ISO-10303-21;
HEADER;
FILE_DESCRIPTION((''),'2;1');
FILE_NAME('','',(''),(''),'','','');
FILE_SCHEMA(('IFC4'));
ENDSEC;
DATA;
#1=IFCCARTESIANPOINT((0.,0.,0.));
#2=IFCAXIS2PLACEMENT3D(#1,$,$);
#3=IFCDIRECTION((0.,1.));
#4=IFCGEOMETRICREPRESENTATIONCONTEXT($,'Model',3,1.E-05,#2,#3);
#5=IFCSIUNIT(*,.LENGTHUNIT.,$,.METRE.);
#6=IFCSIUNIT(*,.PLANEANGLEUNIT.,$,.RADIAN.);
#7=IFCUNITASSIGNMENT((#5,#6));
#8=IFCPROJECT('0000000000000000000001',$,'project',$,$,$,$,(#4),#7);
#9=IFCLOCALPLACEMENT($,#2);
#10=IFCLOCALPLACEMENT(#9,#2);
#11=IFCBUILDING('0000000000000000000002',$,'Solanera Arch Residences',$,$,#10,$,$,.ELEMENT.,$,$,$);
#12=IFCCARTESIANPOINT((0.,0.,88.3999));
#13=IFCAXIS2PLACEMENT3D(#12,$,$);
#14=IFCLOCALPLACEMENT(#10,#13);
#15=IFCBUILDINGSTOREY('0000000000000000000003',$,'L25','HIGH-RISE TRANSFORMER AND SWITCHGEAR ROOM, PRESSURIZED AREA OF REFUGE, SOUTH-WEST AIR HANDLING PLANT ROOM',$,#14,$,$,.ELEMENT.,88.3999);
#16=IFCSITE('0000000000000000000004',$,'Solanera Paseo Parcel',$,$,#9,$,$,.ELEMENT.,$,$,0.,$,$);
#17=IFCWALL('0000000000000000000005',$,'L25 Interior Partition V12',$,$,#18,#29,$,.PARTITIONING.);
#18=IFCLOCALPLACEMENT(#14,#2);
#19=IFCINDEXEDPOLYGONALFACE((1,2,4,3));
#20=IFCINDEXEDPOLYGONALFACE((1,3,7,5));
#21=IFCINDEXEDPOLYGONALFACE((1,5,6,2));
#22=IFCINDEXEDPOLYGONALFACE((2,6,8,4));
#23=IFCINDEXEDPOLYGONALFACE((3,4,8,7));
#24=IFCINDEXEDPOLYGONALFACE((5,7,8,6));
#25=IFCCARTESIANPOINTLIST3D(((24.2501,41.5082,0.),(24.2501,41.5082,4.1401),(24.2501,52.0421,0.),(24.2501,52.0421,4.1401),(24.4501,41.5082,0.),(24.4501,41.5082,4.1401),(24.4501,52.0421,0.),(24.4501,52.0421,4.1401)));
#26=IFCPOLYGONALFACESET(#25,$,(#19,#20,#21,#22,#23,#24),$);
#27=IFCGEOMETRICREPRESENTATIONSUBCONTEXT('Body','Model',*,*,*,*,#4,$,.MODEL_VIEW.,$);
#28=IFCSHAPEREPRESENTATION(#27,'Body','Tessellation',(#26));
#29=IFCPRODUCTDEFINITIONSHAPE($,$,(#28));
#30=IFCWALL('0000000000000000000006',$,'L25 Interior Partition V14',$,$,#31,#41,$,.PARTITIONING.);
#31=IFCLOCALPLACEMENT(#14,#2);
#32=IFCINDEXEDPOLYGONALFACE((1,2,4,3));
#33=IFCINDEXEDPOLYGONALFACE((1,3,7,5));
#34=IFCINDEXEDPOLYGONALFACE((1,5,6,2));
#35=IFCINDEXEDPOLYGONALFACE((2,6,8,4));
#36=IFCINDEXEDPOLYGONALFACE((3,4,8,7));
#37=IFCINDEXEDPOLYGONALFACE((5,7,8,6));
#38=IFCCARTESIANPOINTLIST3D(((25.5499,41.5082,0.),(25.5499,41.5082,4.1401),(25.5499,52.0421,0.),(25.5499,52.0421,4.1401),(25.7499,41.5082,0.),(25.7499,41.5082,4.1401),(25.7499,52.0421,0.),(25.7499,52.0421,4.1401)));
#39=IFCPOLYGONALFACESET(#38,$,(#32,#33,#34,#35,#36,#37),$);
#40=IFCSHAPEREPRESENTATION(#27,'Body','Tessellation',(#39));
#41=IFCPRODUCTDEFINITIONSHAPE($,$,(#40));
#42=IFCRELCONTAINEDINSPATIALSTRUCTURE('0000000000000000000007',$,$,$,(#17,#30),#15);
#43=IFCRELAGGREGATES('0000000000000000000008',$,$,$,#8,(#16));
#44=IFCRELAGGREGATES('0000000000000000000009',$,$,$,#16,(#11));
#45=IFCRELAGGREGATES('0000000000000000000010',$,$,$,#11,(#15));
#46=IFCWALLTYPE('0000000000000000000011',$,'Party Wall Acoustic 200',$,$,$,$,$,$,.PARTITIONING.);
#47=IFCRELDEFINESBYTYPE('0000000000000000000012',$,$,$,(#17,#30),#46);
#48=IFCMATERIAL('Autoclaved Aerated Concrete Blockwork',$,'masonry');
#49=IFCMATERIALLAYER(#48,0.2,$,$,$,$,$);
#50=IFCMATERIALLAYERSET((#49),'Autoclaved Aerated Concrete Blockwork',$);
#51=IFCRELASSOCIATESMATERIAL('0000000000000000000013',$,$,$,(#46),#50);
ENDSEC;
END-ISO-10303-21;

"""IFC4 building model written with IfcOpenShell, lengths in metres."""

from ifc_helpers import new_model, si_unit, direction, frame, frame_2d, origin, place, context, subcontext, project, spatial, rectangle, extrude, material, layer, layer_set, type_object, element, save


model = new_model("IFC4")

# Units and contexts
model_context = context("Model", 3, precision=1e-05, world=origin(), true_north=direction((0.0, 1.0)))
body_context = subcontext(model_context, "Body", "Model", "MODEL_VIEW")
ifc_project = project(units=[si_unit("LENGTHUNIT", "METRE"), si_unit("PLANEANGLEUNIT", "RADIAN")], contexts=[model_context])

# Site, building, storey
site_placement = place(None, origin())
site = spatial("IfcSite", under=ifc_project, at=site_placement, Name="Solanera Paseo Parcel", CompositionType="ELEMENT", RefElevation=0.0)
building_placement = place(site_placement, origin())
building = spatial("IfcBuilding", under=site, at=building_placement, Name="Solanera Arch Residences", CompositionType="ELEMENT")
storey_placement = place(building_placement, frame((0.0, 0.0, 88.3999)))
storey = spatial("IfcBuildingStorey", under=building, at=storey_placement, Name="L25", Description="HIGH-RISE TRANSFORMER AND SWITCHGEAR ROOM, PRESSURIZED AREA OF REFUGE, SOUTH-WEST AIR HANDLING PLANT ROOM", CompositionType="ELEMENT", Elevation=88.3999)

# Walls
ifc_material_1 = material(Name="Autoclaved Aerated Concrete Blockwork", Category="masonry")
ifc_layer_1 = layer(ifc_material_1, 0.2)
ifc_layer_set_1 = layer_set([ifc_layer_1], Name="Autoclaved Aerated Concrete Blockwork")
wall_type_1 = type_object("IfcWallType", Name="Party Wall Acoustic 200", PredefinedType="PARTITIONING", material=ifc_layer_set_1)
for number, where, z_axis, x_axis, name in (
    (1, (24.3501, 41.5081, 0.0), (0.0, 0.0, 1.0), (0.0, 1.0, 0.0), "L25 Interior Partition V12"),
    (2, (25.6499, 41.5081, 0.0), (0.0, 0.0, 1.0), (0.0, 1.0, 0.0), "L25 Interior Partition V14"),
):
    element("IfcWall", number, at=place(storey_placement, frame(where, z_axis=z_axis, x_axis=x_axis)), inside=storey, type_object=wall_type_1, Name=name, PredefinedType="PARTITIONING", context=body_context, shape_type="SweptSolid", body=[
        extrude(rectangle(XDim=10.5339, YDim=0.2, at=frame_2d((5.2671, 0.0))), origin(), (0.0, 0.0, 1.0), 4.1401),
    ])

save(model, "model.ifc")
